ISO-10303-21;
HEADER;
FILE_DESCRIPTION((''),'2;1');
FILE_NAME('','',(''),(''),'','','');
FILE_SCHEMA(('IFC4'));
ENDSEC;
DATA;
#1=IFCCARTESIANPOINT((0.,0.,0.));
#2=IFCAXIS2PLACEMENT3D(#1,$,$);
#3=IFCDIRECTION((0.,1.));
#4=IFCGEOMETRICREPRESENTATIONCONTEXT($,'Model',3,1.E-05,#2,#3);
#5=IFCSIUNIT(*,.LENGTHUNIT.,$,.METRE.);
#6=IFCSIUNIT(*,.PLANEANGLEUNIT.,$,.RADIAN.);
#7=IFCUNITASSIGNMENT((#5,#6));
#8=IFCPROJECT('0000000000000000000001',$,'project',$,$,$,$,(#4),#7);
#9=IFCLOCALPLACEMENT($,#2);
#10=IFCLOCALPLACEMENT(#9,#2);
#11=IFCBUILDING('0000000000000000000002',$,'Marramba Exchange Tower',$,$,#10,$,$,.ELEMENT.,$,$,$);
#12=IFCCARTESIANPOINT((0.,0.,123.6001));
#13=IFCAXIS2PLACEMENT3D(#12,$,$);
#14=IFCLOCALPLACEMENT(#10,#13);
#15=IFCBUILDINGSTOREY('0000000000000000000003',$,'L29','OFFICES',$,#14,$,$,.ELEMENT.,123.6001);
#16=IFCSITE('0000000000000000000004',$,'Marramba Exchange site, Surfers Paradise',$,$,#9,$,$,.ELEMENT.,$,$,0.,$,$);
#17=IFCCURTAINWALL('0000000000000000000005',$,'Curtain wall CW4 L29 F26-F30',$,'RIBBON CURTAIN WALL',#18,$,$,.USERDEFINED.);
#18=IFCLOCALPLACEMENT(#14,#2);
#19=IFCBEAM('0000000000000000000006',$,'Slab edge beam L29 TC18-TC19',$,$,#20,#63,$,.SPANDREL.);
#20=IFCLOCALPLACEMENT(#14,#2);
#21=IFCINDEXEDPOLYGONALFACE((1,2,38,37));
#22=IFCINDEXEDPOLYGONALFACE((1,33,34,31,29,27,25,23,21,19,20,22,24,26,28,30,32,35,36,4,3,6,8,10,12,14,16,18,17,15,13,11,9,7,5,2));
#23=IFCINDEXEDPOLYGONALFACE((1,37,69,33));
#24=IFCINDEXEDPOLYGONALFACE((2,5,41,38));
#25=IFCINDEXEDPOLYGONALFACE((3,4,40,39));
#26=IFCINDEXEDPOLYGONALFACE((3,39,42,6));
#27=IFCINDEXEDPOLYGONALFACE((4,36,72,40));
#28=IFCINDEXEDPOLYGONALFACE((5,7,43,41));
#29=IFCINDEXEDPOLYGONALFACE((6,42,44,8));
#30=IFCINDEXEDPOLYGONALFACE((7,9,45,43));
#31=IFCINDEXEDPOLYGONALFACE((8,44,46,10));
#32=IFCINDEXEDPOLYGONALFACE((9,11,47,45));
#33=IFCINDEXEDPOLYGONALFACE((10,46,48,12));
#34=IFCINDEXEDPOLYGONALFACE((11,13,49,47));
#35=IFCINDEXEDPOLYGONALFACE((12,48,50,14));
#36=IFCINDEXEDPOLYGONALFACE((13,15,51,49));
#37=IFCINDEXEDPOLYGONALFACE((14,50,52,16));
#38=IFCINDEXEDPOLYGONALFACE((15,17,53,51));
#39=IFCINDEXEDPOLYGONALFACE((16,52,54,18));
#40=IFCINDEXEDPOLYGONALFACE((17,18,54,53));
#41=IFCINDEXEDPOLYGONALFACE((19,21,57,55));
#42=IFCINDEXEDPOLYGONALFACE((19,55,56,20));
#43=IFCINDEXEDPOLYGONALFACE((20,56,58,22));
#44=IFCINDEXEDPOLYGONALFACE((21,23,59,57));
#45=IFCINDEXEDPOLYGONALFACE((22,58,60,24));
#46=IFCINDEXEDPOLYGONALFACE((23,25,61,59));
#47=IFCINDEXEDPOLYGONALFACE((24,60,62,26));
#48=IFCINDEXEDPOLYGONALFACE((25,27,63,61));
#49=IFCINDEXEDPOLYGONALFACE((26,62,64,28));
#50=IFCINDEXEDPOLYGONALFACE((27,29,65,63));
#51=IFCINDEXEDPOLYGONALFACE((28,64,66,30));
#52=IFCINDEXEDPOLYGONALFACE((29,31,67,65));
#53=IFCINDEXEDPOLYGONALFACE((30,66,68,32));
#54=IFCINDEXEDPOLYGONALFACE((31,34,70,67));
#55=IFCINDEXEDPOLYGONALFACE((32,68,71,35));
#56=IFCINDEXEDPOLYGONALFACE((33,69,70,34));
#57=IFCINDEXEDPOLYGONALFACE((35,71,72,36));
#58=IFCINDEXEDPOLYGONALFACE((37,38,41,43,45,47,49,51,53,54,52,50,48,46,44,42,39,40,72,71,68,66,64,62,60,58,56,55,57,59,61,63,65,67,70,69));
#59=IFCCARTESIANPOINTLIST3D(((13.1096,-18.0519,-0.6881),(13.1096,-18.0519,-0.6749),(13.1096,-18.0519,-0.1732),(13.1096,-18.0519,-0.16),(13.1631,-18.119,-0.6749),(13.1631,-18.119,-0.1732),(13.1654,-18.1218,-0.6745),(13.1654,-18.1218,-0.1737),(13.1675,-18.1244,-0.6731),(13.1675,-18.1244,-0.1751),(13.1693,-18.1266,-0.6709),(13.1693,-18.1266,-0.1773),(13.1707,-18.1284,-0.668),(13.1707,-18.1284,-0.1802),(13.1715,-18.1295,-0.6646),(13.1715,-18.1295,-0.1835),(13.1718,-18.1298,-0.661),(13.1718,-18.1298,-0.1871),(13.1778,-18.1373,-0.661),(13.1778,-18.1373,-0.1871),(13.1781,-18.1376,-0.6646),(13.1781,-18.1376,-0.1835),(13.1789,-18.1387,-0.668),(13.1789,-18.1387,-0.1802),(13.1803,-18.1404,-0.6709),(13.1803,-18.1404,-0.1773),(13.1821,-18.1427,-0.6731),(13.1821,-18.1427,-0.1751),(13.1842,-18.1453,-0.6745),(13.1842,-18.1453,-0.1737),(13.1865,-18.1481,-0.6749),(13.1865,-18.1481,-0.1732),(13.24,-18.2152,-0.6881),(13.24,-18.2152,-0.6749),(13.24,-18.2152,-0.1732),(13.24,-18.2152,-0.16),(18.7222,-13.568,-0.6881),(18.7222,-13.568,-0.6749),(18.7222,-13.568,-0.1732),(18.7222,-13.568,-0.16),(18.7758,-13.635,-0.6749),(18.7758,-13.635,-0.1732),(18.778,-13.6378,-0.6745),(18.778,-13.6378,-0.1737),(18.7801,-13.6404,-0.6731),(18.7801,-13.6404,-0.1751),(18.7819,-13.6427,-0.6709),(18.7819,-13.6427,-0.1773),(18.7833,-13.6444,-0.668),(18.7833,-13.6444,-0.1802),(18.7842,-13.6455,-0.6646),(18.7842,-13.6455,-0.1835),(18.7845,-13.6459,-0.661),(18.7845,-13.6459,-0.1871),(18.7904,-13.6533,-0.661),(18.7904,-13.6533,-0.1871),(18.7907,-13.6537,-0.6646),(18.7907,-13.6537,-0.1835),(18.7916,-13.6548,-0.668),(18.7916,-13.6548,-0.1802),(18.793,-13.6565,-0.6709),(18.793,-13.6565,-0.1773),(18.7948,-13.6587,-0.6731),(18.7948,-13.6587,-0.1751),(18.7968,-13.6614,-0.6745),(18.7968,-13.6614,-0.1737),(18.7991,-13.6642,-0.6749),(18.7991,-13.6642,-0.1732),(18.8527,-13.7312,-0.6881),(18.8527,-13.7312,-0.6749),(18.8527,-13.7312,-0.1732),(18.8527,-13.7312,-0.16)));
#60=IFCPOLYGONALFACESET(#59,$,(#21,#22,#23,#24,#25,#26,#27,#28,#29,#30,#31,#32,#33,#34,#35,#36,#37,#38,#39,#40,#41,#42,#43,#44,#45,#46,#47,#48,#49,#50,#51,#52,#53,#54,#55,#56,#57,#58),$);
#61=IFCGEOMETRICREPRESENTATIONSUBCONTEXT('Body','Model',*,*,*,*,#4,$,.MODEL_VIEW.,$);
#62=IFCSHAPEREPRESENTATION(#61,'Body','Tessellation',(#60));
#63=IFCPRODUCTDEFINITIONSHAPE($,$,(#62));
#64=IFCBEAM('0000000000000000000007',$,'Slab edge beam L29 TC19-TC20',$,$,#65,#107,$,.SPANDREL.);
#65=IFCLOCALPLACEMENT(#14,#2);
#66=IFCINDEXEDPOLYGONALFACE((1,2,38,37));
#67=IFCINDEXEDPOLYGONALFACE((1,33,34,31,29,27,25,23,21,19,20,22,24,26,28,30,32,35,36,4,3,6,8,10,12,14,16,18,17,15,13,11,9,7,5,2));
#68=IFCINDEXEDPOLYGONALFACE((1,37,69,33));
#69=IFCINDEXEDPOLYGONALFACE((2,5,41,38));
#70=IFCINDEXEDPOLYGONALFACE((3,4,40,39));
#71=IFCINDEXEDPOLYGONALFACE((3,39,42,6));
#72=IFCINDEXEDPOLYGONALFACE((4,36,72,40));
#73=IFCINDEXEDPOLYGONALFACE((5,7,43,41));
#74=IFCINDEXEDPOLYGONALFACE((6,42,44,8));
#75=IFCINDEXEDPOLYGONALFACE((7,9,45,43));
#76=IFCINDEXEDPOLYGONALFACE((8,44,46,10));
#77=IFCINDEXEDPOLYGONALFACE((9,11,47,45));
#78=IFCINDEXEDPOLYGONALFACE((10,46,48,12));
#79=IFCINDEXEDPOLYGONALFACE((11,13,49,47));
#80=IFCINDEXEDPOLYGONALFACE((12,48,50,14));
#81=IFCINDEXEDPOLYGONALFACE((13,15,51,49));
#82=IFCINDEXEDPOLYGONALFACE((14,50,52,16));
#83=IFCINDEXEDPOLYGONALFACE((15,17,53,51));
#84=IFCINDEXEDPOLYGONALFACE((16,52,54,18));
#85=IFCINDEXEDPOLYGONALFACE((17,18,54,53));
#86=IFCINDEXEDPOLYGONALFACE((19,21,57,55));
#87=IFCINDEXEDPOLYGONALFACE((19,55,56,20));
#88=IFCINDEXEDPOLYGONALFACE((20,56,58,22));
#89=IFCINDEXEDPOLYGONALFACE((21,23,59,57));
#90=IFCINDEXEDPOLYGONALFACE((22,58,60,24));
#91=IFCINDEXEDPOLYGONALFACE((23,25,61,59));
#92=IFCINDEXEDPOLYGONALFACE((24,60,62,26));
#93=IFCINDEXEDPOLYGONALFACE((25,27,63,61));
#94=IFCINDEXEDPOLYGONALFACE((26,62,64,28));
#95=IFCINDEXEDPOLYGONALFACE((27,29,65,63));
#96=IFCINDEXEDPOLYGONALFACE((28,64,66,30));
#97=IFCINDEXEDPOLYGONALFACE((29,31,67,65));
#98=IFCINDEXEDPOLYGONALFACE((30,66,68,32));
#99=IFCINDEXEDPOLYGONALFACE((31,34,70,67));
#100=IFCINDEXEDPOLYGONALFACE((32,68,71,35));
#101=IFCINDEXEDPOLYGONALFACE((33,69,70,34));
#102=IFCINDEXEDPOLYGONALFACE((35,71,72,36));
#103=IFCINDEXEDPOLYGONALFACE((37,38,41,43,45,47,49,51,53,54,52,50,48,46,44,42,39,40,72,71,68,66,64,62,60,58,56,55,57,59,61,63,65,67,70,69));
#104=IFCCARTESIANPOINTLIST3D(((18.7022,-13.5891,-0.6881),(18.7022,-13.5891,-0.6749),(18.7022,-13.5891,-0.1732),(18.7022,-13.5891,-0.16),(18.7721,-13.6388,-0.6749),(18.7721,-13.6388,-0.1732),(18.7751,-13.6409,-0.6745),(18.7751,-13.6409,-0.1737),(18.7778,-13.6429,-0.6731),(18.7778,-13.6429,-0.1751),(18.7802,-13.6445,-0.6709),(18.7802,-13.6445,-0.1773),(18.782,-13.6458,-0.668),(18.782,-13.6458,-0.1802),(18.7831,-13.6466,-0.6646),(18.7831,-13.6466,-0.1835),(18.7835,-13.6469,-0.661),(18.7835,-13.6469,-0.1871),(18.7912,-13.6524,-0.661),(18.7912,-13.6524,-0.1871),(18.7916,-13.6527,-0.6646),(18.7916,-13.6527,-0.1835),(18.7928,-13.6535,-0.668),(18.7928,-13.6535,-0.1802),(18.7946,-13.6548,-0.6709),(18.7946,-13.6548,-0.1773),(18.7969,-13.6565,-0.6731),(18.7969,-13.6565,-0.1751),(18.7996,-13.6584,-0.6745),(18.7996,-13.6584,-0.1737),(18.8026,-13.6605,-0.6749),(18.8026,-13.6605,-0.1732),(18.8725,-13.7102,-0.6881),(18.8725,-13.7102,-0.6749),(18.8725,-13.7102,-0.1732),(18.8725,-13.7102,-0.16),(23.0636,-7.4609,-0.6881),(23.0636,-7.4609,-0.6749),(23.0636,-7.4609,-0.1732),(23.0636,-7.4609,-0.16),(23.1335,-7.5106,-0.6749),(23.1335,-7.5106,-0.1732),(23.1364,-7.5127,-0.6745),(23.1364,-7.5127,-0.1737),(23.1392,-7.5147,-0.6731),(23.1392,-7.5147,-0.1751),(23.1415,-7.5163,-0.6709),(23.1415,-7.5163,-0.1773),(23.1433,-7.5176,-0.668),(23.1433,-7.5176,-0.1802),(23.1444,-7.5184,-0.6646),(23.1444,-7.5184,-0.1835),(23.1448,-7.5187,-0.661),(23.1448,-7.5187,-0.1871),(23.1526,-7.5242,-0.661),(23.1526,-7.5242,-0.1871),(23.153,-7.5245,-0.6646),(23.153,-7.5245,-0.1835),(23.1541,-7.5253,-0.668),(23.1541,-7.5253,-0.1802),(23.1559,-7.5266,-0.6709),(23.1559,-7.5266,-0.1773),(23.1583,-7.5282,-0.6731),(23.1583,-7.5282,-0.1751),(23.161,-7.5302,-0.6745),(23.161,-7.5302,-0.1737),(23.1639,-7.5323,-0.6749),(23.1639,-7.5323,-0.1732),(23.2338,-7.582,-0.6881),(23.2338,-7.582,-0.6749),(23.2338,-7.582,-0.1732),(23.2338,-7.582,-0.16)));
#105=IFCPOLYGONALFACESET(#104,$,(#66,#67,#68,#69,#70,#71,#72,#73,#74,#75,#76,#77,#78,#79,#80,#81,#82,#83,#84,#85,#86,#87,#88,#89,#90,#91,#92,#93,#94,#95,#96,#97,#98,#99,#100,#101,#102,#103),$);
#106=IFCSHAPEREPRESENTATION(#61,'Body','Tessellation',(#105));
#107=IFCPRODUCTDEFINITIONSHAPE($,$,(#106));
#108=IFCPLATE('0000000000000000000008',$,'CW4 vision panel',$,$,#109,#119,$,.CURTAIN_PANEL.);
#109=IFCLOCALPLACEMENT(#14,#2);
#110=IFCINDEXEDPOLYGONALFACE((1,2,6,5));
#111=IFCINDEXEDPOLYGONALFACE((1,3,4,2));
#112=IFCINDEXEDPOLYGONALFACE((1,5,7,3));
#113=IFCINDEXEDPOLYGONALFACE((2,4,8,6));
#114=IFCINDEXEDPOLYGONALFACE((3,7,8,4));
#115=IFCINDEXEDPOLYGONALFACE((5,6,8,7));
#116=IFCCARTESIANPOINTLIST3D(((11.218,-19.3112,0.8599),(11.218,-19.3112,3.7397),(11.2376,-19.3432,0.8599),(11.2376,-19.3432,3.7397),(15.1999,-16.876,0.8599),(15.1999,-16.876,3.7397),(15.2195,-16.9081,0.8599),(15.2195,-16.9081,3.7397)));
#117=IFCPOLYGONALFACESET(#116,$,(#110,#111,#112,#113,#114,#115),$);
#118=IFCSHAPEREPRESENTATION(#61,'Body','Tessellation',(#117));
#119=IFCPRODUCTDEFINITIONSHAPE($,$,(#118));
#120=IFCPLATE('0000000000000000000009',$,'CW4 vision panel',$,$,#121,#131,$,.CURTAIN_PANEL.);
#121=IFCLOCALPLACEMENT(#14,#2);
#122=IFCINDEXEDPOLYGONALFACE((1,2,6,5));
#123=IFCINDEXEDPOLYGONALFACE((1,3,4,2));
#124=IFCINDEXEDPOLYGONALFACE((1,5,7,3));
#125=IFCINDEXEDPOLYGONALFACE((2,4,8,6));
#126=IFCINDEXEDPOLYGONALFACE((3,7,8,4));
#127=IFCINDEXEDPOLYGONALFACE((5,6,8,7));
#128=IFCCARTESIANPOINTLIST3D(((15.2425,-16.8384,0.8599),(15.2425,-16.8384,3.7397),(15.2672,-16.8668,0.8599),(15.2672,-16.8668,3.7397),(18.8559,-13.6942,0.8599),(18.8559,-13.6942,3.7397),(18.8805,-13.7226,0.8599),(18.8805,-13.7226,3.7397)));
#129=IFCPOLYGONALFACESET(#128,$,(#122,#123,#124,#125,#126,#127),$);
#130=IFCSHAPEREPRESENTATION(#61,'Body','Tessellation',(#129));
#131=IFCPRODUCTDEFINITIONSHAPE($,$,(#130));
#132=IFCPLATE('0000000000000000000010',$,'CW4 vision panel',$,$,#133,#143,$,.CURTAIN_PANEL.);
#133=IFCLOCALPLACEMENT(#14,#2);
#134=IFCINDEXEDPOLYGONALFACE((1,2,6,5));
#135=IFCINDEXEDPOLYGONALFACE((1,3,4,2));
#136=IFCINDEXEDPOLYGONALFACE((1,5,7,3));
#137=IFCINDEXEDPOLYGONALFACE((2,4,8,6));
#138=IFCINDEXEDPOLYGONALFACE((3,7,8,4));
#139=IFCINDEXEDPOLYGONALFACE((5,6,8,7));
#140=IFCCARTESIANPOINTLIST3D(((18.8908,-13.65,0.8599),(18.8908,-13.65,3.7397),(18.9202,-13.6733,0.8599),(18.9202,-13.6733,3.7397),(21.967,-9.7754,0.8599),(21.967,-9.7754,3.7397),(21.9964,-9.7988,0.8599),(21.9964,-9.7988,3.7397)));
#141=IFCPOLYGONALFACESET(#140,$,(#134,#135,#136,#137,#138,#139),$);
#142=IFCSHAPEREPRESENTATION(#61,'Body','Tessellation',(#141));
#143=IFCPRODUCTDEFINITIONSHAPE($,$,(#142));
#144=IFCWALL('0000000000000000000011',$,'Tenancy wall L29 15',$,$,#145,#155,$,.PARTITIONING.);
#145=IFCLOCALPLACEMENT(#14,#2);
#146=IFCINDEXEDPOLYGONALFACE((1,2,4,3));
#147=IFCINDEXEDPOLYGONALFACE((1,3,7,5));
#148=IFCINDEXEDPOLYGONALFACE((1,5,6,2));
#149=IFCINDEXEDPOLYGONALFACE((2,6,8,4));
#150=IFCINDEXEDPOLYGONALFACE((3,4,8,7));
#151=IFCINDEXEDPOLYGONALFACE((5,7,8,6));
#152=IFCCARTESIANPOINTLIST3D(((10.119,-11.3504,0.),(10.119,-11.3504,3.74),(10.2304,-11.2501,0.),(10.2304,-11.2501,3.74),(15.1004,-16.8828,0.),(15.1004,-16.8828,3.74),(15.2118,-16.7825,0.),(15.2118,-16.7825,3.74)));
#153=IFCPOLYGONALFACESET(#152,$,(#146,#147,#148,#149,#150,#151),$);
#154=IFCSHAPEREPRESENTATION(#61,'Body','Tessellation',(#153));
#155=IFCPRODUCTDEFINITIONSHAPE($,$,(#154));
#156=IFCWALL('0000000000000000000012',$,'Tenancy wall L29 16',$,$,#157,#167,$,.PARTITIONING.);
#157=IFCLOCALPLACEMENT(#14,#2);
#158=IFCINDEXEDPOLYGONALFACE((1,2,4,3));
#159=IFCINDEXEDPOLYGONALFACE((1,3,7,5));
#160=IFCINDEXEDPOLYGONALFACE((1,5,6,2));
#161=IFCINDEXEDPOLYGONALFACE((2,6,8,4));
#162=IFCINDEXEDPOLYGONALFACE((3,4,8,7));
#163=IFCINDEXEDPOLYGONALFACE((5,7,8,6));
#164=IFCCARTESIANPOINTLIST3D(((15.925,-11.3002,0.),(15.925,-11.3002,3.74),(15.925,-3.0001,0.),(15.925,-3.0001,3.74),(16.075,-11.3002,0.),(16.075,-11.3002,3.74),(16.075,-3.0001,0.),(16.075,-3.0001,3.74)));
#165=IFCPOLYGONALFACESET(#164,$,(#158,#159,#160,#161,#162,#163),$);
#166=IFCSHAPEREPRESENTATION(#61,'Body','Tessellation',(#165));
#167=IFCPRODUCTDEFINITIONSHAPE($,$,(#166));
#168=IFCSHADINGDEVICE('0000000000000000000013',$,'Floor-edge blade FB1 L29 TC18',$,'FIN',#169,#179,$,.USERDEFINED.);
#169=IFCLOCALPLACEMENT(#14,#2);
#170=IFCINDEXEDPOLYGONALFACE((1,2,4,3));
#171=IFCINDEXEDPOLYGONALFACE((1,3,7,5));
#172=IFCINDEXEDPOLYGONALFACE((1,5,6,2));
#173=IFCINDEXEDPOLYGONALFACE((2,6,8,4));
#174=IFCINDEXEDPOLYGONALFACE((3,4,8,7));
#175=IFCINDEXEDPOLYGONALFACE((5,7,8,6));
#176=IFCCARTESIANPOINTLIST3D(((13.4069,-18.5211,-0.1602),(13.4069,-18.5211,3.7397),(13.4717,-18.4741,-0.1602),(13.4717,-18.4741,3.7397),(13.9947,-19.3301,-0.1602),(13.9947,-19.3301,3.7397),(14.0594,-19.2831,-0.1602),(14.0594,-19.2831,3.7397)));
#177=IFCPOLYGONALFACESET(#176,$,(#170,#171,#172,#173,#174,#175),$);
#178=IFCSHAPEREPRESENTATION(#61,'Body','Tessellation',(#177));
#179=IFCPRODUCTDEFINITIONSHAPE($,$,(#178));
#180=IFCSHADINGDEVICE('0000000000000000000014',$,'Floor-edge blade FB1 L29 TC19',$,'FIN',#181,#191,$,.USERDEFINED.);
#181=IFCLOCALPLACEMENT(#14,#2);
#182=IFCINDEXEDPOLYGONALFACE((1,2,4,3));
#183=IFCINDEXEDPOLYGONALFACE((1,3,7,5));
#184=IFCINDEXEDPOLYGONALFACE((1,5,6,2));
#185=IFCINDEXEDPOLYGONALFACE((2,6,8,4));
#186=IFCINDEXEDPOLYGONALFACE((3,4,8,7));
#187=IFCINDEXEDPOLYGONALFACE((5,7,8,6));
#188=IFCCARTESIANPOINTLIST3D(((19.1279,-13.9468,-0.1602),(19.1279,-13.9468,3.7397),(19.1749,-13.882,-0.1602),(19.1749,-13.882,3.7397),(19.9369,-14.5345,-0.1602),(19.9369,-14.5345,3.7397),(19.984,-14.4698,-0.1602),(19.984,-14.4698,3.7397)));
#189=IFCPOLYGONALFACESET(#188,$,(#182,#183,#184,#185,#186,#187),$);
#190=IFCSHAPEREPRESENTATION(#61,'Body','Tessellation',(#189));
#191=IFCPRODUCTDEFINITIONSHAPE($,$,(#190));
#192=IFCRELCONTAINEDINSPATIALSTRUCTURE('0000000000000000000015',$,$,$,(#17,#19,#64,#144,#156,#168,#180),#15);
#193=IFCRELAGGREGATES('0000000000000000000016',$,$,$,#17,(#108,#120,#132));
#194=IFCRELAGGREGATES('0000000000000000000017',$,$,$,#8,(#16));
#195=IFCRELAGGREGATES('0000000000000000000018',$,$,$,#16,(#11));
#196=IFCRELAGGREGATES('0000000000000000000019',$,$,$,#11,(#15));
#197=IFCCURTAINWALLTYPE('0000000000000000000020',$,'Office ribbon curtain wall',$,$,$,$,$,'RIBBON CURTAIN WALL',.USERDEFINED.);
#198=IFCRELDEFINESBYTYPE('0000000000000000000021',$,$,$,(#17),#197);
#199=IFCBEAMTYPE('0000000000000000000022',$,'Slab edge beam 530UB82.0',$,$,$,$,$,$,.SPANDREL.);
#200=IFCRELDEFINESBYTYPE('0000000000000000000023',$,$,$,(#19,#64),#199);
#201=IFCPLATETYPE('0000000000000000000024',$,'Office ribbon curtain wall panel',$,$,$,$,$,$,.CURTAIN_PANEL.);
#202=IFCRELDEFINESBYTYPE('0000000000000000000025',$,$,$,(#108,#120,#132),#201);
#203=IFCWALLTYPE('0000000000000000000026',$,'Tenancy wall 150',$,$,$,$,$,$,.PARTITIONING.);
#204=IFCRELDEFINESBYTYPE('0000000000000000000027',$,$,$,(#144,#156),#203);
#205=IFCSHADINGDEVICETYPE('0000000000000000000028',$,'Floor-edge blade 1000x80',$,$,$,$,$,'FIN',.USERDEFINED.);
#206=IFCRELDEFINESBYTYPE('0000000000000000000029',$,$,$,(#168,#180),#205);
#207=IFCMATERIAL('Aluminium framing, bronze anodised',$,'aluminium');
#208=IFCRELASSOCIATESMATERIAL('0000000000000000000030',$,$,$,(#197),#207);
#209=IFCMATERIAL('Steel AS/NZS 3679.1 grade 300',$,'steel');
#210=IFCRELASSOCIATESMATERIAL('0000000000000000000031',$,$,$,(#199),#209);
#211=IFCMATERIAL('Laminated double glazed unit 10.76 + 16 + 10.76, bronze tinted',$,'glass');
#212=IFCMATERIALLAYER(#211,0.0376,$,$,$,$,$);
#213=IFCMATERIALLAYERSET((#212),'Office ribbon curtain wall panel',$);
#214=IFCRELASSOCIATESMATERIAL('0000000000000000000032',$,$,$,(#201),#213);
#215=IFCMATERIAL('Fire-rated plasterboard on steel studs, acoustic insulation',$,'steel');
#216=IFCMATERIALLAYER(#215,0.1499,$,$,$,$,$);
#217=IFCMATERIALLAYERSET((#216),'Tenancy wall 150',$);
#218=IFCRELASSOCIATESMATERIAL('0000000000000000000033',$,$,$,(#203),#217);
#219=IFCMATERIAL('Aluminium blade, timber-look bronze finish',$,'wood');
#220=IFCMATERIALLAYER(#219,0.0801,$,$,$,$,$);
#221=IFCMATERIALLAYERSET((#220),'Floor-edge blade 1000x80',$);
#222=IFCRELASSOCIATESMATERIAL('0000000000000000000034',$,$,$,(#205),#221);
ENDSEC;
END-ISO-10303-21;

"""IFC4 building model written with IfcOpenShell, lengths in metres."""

from ifc_helpers import new_model, si_unit, direction, frame, frame_2d, origin, origin_2d, place, context, subcontext, project, spatial, rectangle, i_section, extrude, material, layer, layer_set, material_profile, profile_set, type_object, element, aggregate, save


model = new_model("IFC4")

# Units and contexts
model_context = context("Model", 3, precision=1e-05, world=origin(), true_north=direction((0.0, 1.0)))
body_context = subcontext(model_context, "Body", "Model", "MODEL_VIEW")
ifc_project = project(units=[si_unit("LENGTHUNIT", "METRE"), si_unit("PLANEANGLEUNIT", "RADIAN")], contexts=[model_context])

# Site, building, storey
site_placement = place(None, origin())
site = spatial("IfcSite", under=ifc_project, at=site_placement, Name="Marramba Exchange site, Surfers Paradise", CompositionType="ELEMENT", RefElevation=0.0)
building_placement = place(site_placement, origin())
building = spatial("IfcBuilding", under=site, at=building_placement, Name="Marramba Exchange Tower", CompositionType="ELEMENT")
storey_placement = place(building_placement, frame((0.0, 0.0, 123.6001)))
storey = spatial("IfcBuildingStorey", under=building, at=storey_placement, Name="L29", Description="OFFICES", CompositionType="ELEMENT", Elevation=123.6001)

# Curtain wall
ifc_material_1 = material(Name="Aluminium framing, bronze anodised", Category="aluminium")
curtain_wall_type = type_object("IfcCurtainWallType", Name="Office ribbon curtain wall", ElementType="RIBBON CURTAIN WALL", PredefinedType="USERDEFINED", material=ifc_material_1)
curtain_wall_placement = place(storey_placement, origin())
curtain_wall = element("IfcCurtainWall", 1, at=curtain_wall_placement, inside=storey, type_object=curtain_wall_type, Name="Curtain wall CW4 L29 F26-F30", ObjectType="RIBBON CURTAIN WALL", PredefinedType="USERDEFINED")

# Beams
ifc_material_2 = material(Name="Steel AS/NZS 3679.1 grade 300", Category="steel")
ifc_material_profile_1 = material_profile(ifc_material_2, i_section(OverallWidth=0.209, OverallDepth=0.5281, WebThickness=0.0095, FlangeThickness=0.0132, FilletRadius=0.0139, at=origin_2d()), Name="530UB82.0")
ifc_profile_set_1 = profile_set([ifc_material_profile_1], Name="Steel AS/NZS 3679.1 grade 300")
beam_type_1 = type_object("IfcBeamType", Name="Slab edge beam 530UB82.0", PredefinedType="SPANDREL", material=ifc_profile_set_1)
beam_1_placement = place(storey_placement, frame((13.1748, -18.1335, -0.4241), z_axis=(0.781286, 0.624173, 0.0), x_axis=(-0.624173, 0.781286, 0.0)))
element("IfcBeam", 2, at=beam_1_placement, inside=storey, type_object=beam_type_1, Name="Slab edge beam L29 TC18-TC19", PredefinedType="SPANDREL", context=body_context, shape_type="SweptSolid", body=[
    extrude(i_section(OverallWidth=0.209, OverallDepth=0.5281, WebThickness=0.0095, FlangeThickness=0.0132, FilletRadius=0.0139, at=origin_2d()), origin(), (0.0, 0.0, 1.0), 7.1838),
])
beam_2_placement = place(storey_placement, frame((18.7874, -13.6497, -0.4241), z_axis=(0.579834, 0.814735, 0.0), x_axis=(-0.814735, 0.579834, 0.0)))
element("IfcBeam", 3, at=beam_2_placement, inside=storey, type_object=beam_type_1, Name="Slab edge beam L29 TC19-TC20", PredefinedType="SPANDREL", context=body_context, shape_type="SweptSolid", body=[
    extrude(i_section(OverallWidth=0.209, OverallDepth=0.5281, WebThickness=0.0095, FlangeThickness=0.0132, FilletRadius=0.0139, at=origin_2d()), origin(), (0.0, 0.0, 1.0), 7.5217),
])

# Plates
ifc_material_3 = material(Name="Laminated double glazed unit 10.76 + 16 + 10.76, bronze tinted", Category="glass")
ifc_layer_1 = layer(ifc_material_3, 0.0376)
ifc_layer_set_1 = layer_set([ifc_layer_1], Name="Office ribbon curtain wall panel")
plate_type = type_object("IfcPlateType", Name="Office ribbon curtain wall panel", PredefinedType="CURTAIN_PANEL", material=ifc_layer_set_1)
plate_1_placement = place(storey_placement, frame((13.2188, -18.1096, 0.8599), z_axis=(0.0, 0.0, 1.0), x_axis=(0.853109, 0.521733, 0.0)))
plate_1 = element("IfcPlate", 4, at=plate_1_placement, type_object=plate_type, Name="CW4 vision panel", PredefinedType="CURTAIN_PANEL", context=body_context, shape_type="SweptSolid", body=[
    extrude(rectangle(XDim=4.6675, YDim=0.0376, at=origin_2d()), origin(), (0.0, 0.0, 1.0), 2.8799),
])
plate_2_placement = place(storey_placement, frame((17.0615, -15.2805, 0.8599), z_axis=(0.0, 0.0, 1.0), x_axis=(0.754386, 0.656432, 0.0)))
plate_2 = element("IfcPlate", 5, at=plate_2_placement, type_object=plate_type, Name="CW4 vision panel", PredefinedType="CURTAIN_PANEL", context=body_context, shape_type="SweptSolid", body=[
    extrude(rectangle(XDim=4.7898, YDim=0.0376, at=origin_2d()), origin(), (0.0, 0.0, 1.0), 2.8799),
])
plate_3_placement = place(storey_placement, frame((20.4436, -11.7244, 0.8599), z_axis=(0.0, 0.0, 1.0), x_axis=(0.621807, 0.78317, 0.0)))
plate_3 = element("IfcPlate", 6, at=plate_3_placement, type_object=plate_type, Name="CW4 vision panel", PredefinedType="CURTAIN_PANEL", context=body_context, shape_type="SweptSolid", body=[
    extrude(rectangle(XDim=4.9473, YDim=0.0376, at=origin_2d()), origin(), (0.0, 0.0, 1.0), 2.8799),
])
aggregate(curtain_wall, [plate_1, plate_2, plate_3])

# Walls
ifc_material_4 = material(Name="Fire-rated plasterboard on steel studs, acoustic insulation", Category="steel")
ifc_layer_2 = layer(ifc_material_4, 0.1499)
ifc_layer_set_2 = layer_set([ifc_layer_2], Name="Tenancy wall 150")
wall_type = type_object("IfcWallType", Name="Tenancy wall 150", PredefinedType="PARTITIONING", material=ifc_layer_set_2)
wall_1_placement = place(storey_placement, frame((15.156, -16.8325, 0.0), z_axis=(0.0, 0.0, 1.0), x_axis=(-0.66913, 0.743146, 0.0)))
element("IfcWall", 7, at=wall_1_placement, inside=storey, type_object=wall_type, Name="Tenancy wall L29 15", PredefinedType="PARTITIONING", context=body_context, shape_type="SweptSolid", body=[
    extrude(rectangle(XDim=7.4446, YDim=0.1499, at=frame_2d((3.7222, 0.0))), origin(), (0.0, 0.0, 1.0), 3.74),
])
wall_2_placement = place(storey_placement, frame((16.0, -11.3, 0.0), z_axis=(0.0, 0.0, 1.0), x_axis=(0.0, 1.0, 0.0)))
element("IfcWall", 8, at=wall_2_placement, inside=storey, type_object=wall_type, Name="Tenancy wall L29 16", PredefinedType="PARTITIONING", context=body_context, shape_type="SweptSolid", body=[
    extrude(rectangle(XDim=8.3, YDim=0.1499, at=frame_2d((4.1499, 0.0))), origin(), (0.0, 0.0, 1.0), 3.74),
])

# Shading devices
ifc_material_5 = material(Name="Aluminium blade, timber-look bronze finish", Category="wood")
ifc_layer_3 = layer(ifc_material_5, 0.0801)
ifc_layer_set_3 = layer_set([ifc_layer_3], Name="Floor-edge blade 1000x80")
shading_device_type_1 = type_object("IfcShadingDeviceType", Name="Floor-edge blade 1000x80", ElementType="FIN", PredefinedType="USERDEFINED", material=ifc_layer_set_3)
for number, where, z_axis, x_axis, name in (
    (9, (13.7332, -18.9021, -0.1602), (0.0, 0.0, 1.0), (0.587785, -0.809017, 0.0), "Floor-edge blade FB1 L29 TC18"),
    (10, (19.5559, -14.2083, -0.1602), (0.0, 0.0, 1.0), (0.809017, -0.587785, 0.0), "Floor-edge blade FB1 L29 TC19"),
):
    element("IfcShadingDevice", number, at=place(storey_placement, frame(where, z_axis=z_axis, x_axis=x_axis)), inside=storey, type_object=shading_device_type_1, Name=name, ObjectType="FIN", PredefinedType="USERDEFINED", context=body_context, shape_type="SweptSolid", body=[
        extrude(rectangle(XDim=1.0, YDim=0.0801, at=origin_2d()), origin(), (0.0, 0.0, 1.0), 3.8999),
    ])

save(model, "model.ifc")
